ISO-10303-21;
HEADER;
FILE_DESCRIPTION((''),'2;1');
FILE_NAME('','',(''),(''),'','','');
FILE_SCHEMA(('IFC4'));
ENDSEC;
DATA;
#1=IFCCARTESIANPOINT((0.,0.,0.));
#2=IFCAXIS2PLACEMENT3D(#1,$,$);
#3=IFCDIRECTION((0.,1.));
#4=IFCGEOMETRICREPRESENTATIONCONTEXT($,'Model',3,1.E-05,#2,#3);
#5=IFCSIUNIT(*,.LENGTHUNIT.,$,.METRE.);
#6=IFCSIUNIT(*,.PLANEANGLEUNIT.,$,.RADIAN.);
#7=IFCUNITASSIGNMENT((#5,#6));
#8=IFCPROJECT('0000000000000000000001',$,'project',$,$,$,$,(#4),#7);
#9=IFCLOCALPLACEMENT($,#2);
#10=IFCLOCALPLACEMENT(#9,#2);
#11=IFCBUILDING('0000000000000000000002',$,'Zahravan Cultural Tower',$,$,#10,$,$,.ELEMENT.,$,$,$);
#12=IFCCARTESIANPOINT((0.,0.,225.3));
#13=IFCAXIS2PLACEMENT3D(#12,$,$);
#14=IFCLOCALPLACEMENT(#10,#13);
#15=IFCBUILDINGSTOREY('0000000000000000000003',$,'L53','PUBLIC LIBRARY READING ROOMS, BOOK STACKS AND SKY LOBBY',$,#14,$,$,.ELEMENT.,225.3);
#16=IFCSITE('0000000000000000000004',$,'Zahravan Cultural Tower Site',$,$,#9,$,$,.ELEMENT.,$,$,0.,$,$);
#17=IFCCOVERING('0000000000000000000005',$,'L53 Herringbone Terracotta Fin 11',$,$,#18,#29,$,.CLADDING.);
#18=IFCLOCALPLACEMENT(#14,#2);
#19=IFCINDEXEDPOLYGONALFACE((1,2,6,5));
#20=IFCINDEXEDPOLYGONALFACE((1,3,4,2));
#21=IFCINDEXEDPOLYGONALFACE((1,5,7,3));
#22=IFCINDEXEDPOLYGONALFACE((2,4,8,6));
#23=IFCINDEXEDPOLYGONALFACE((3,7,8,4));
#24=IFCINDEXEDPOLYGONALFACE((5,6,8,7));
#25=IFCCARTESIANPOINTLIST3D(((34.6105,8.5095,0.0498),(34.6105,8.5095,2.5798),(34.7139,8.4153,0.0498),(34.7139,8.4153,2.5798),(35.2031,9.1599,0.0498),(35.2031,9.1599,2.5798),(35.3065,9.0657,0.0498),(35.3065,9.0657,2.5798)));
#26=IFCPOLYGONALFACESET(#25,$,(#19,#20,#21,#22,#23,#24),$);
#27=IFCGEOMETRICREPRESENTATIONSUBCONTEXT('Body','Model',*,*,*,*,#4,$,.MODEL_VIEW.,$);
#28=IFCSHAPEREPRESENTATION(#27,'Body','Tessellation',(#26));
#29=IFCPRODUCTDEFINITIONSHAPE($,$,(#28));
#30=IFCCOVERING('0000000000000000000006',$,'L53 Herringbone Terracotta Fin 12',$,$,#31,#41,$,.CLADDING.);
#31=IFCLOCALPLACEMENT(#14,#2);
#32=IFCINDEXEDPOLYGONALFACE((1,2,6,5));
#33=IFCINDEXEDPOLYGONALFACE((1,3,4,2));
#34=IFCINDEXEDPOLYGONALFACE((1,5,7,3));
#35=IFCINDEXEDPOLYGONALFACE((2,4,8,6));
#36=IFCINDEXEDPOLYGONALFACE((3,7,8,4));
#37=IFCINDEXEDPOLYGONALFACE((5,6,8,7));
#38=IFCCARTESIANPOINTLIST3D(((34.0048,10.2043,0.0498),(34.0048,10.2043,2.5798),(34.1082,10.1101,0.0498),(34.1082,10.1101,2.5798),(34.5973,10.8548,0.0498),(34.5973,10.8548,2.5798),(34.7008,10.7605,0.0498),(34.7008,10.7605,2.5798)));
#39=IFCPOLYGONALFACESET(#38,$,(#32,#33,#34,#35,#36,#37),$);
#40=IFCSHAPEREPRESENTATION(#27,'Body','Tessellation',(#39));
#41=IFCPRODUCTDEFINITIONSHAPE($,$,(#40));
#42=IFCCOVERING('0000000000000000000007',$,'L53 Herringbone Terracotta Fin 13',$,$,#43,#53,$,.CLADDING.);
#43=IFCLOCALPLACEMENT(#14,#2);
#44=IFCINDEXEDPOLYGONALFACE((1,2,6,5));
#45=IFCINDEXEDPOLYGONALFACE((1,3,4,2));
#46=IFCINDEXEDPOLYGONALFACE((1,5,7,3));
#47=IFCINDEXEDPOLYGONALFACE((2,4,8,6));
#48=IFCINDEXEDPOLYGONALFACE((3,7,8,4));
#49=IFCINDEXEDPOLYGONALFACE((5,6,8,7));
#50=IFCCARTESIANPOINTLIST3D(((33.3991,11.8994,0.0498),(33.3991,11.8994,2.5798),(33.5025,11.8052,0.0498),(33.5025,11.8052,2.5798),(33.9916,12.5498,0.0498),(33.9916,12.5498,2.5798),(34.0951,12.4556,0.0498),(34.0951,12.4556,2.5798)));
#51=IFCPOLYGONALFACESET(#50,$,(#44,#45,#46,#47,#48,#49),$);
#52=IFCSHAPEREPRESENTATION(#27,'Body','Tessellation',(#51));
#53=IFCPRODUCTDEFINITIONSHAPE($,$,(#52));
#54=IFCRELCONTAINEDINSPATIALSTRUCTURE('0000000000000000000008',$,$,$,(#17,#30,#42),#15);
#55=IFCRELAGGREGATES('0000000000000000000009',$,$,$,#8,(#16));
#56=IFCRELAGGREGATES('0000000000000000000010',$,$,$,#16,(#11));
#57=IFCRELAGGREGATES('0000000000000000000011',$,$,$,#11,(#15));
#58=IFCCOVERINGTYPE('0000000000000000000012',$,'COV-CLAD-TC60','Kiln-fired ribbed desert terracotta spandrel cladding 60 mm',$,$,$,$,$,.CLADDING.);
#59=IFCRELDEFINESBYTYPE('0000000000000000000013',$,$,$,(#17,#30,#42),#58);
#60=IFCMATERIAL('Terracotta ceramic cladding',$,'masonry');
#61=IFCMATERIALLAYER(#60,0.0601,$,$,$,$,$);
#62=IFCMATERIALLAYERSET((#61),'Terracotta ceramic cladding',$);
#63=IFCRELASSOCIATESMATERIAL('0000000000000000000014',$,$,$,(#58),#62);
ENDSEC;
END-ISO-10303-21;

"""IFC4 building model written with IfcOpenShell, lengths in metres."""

from ifc_helpers import new_model, si_unit, direction, frame, origin, origin_2d, place, context, subcontext, project, spatial, rectangle, extrude, source, transform, mapped, material, layer, layer_set, type_object, element, save


model = new_model("IFC4")

# Units and contexts
model_context = context("Model", 3, precision=1e-05, world=origin(), true_north=direction((0.0, 1.0)))
body_context = subcontext(model_context, "Body", "Model", "MODEL_VIEW")
ifc_project = project(units=[si_unit("LENGTHUNIT", "METRE"), si_unit("PLANEANGLEUNIT", "RADIAN")], contexts=[model_context])

# Site, building, storey
site_placement = place(None, origin())
site = spatial("IfcSite", under=ifc_project, at=site_placement, Name="Zahravan Cultural Tower Site", CompositionType="ELEMENT", RefElevation=0.0)
building_placement = place(site_placement, origin())
building = spatial("IfcBuilding", under=site, at=building_placement, Name="Zahravan Cultural Tower", CompositionType="ELEMENT")
storey_placement = place(building_placement, frame((0.0, 0.0, 225.3)))
storey = spatial("IfcBuildingStorey", under=building, at=storey_placement, Name="L53", Description="PUBLIC LIBRARY READING ROOMS, BOOK STACKS AND SKY LOBBY", CompositionType="ELEMENT", Elevation=225.3)

# Coverings
ifc_material_1 = material(Name="Terracotta ceramic cladding", Category="masonry")
ifc_layer_1 = layer(ifc_material_1, 0.0601)
ifc_layer_set_1 = layer_set([ifc_layer_1], Name="Terracotta ceramic cladding")
covering_type = type_object("IfcCoveringType", Name="COV-CLAD-TC60", Description="Kiln-fired ribbed desert terracotta spandrel cladding 60 mm", PredefinedType="CLADDING", material=ifc_layer_set_1)
shared_shape_1 = source(origin(), body_context, "Body", "SweptSolid", [
    extrude(rectangle(XDim=0.8799, YDim=0.1399, at=origin_2d()), origin(), (0.0, 0.0, 1.0), 2.53),
])
for number, where, z_axis, x_axis, name in (
    (1, (34.9585, 8.7876, 0.0498), (0.0, 0.0, 1.0), (-0.673438, -0.739243, 0.0), "L53 Herringbone Terracotta Fin 11"),
    (2, (34.3528, 10.4824, 0.0498), (0.0, 0.0, 1.0), (-0.673438, -0.739243, 0.0), "L53 Herringbone Terracotta Fin 12"),
    (3, (33.7471, 12.1775, 0.0498), (0.0, 0.0, 1.0), (-0.673438, -0.739243, 0.0), "L53 Herringbone Terracotta Fin 13"),
):
    element("IfcCovering", number, at=place(storey_placement, frame(where, z_axis=z_axis, x_axis=x_axis)), inside=storey, type_object=covering_type, Name=name, PredefinedType="CLADDING", context=body_context, shape_type="MappedRepresentation", body=[
        mapped(shared_shape_1, transform((0.0, 0.0, 0.0), x_axis=(1.0, 0.0, 0.0), y_axis=(0.0, 1.0, 0.0), z_axis=(0.0, 0.0, 1.0), scale=1.0)),
    ])

save(model, "model.ifc")
